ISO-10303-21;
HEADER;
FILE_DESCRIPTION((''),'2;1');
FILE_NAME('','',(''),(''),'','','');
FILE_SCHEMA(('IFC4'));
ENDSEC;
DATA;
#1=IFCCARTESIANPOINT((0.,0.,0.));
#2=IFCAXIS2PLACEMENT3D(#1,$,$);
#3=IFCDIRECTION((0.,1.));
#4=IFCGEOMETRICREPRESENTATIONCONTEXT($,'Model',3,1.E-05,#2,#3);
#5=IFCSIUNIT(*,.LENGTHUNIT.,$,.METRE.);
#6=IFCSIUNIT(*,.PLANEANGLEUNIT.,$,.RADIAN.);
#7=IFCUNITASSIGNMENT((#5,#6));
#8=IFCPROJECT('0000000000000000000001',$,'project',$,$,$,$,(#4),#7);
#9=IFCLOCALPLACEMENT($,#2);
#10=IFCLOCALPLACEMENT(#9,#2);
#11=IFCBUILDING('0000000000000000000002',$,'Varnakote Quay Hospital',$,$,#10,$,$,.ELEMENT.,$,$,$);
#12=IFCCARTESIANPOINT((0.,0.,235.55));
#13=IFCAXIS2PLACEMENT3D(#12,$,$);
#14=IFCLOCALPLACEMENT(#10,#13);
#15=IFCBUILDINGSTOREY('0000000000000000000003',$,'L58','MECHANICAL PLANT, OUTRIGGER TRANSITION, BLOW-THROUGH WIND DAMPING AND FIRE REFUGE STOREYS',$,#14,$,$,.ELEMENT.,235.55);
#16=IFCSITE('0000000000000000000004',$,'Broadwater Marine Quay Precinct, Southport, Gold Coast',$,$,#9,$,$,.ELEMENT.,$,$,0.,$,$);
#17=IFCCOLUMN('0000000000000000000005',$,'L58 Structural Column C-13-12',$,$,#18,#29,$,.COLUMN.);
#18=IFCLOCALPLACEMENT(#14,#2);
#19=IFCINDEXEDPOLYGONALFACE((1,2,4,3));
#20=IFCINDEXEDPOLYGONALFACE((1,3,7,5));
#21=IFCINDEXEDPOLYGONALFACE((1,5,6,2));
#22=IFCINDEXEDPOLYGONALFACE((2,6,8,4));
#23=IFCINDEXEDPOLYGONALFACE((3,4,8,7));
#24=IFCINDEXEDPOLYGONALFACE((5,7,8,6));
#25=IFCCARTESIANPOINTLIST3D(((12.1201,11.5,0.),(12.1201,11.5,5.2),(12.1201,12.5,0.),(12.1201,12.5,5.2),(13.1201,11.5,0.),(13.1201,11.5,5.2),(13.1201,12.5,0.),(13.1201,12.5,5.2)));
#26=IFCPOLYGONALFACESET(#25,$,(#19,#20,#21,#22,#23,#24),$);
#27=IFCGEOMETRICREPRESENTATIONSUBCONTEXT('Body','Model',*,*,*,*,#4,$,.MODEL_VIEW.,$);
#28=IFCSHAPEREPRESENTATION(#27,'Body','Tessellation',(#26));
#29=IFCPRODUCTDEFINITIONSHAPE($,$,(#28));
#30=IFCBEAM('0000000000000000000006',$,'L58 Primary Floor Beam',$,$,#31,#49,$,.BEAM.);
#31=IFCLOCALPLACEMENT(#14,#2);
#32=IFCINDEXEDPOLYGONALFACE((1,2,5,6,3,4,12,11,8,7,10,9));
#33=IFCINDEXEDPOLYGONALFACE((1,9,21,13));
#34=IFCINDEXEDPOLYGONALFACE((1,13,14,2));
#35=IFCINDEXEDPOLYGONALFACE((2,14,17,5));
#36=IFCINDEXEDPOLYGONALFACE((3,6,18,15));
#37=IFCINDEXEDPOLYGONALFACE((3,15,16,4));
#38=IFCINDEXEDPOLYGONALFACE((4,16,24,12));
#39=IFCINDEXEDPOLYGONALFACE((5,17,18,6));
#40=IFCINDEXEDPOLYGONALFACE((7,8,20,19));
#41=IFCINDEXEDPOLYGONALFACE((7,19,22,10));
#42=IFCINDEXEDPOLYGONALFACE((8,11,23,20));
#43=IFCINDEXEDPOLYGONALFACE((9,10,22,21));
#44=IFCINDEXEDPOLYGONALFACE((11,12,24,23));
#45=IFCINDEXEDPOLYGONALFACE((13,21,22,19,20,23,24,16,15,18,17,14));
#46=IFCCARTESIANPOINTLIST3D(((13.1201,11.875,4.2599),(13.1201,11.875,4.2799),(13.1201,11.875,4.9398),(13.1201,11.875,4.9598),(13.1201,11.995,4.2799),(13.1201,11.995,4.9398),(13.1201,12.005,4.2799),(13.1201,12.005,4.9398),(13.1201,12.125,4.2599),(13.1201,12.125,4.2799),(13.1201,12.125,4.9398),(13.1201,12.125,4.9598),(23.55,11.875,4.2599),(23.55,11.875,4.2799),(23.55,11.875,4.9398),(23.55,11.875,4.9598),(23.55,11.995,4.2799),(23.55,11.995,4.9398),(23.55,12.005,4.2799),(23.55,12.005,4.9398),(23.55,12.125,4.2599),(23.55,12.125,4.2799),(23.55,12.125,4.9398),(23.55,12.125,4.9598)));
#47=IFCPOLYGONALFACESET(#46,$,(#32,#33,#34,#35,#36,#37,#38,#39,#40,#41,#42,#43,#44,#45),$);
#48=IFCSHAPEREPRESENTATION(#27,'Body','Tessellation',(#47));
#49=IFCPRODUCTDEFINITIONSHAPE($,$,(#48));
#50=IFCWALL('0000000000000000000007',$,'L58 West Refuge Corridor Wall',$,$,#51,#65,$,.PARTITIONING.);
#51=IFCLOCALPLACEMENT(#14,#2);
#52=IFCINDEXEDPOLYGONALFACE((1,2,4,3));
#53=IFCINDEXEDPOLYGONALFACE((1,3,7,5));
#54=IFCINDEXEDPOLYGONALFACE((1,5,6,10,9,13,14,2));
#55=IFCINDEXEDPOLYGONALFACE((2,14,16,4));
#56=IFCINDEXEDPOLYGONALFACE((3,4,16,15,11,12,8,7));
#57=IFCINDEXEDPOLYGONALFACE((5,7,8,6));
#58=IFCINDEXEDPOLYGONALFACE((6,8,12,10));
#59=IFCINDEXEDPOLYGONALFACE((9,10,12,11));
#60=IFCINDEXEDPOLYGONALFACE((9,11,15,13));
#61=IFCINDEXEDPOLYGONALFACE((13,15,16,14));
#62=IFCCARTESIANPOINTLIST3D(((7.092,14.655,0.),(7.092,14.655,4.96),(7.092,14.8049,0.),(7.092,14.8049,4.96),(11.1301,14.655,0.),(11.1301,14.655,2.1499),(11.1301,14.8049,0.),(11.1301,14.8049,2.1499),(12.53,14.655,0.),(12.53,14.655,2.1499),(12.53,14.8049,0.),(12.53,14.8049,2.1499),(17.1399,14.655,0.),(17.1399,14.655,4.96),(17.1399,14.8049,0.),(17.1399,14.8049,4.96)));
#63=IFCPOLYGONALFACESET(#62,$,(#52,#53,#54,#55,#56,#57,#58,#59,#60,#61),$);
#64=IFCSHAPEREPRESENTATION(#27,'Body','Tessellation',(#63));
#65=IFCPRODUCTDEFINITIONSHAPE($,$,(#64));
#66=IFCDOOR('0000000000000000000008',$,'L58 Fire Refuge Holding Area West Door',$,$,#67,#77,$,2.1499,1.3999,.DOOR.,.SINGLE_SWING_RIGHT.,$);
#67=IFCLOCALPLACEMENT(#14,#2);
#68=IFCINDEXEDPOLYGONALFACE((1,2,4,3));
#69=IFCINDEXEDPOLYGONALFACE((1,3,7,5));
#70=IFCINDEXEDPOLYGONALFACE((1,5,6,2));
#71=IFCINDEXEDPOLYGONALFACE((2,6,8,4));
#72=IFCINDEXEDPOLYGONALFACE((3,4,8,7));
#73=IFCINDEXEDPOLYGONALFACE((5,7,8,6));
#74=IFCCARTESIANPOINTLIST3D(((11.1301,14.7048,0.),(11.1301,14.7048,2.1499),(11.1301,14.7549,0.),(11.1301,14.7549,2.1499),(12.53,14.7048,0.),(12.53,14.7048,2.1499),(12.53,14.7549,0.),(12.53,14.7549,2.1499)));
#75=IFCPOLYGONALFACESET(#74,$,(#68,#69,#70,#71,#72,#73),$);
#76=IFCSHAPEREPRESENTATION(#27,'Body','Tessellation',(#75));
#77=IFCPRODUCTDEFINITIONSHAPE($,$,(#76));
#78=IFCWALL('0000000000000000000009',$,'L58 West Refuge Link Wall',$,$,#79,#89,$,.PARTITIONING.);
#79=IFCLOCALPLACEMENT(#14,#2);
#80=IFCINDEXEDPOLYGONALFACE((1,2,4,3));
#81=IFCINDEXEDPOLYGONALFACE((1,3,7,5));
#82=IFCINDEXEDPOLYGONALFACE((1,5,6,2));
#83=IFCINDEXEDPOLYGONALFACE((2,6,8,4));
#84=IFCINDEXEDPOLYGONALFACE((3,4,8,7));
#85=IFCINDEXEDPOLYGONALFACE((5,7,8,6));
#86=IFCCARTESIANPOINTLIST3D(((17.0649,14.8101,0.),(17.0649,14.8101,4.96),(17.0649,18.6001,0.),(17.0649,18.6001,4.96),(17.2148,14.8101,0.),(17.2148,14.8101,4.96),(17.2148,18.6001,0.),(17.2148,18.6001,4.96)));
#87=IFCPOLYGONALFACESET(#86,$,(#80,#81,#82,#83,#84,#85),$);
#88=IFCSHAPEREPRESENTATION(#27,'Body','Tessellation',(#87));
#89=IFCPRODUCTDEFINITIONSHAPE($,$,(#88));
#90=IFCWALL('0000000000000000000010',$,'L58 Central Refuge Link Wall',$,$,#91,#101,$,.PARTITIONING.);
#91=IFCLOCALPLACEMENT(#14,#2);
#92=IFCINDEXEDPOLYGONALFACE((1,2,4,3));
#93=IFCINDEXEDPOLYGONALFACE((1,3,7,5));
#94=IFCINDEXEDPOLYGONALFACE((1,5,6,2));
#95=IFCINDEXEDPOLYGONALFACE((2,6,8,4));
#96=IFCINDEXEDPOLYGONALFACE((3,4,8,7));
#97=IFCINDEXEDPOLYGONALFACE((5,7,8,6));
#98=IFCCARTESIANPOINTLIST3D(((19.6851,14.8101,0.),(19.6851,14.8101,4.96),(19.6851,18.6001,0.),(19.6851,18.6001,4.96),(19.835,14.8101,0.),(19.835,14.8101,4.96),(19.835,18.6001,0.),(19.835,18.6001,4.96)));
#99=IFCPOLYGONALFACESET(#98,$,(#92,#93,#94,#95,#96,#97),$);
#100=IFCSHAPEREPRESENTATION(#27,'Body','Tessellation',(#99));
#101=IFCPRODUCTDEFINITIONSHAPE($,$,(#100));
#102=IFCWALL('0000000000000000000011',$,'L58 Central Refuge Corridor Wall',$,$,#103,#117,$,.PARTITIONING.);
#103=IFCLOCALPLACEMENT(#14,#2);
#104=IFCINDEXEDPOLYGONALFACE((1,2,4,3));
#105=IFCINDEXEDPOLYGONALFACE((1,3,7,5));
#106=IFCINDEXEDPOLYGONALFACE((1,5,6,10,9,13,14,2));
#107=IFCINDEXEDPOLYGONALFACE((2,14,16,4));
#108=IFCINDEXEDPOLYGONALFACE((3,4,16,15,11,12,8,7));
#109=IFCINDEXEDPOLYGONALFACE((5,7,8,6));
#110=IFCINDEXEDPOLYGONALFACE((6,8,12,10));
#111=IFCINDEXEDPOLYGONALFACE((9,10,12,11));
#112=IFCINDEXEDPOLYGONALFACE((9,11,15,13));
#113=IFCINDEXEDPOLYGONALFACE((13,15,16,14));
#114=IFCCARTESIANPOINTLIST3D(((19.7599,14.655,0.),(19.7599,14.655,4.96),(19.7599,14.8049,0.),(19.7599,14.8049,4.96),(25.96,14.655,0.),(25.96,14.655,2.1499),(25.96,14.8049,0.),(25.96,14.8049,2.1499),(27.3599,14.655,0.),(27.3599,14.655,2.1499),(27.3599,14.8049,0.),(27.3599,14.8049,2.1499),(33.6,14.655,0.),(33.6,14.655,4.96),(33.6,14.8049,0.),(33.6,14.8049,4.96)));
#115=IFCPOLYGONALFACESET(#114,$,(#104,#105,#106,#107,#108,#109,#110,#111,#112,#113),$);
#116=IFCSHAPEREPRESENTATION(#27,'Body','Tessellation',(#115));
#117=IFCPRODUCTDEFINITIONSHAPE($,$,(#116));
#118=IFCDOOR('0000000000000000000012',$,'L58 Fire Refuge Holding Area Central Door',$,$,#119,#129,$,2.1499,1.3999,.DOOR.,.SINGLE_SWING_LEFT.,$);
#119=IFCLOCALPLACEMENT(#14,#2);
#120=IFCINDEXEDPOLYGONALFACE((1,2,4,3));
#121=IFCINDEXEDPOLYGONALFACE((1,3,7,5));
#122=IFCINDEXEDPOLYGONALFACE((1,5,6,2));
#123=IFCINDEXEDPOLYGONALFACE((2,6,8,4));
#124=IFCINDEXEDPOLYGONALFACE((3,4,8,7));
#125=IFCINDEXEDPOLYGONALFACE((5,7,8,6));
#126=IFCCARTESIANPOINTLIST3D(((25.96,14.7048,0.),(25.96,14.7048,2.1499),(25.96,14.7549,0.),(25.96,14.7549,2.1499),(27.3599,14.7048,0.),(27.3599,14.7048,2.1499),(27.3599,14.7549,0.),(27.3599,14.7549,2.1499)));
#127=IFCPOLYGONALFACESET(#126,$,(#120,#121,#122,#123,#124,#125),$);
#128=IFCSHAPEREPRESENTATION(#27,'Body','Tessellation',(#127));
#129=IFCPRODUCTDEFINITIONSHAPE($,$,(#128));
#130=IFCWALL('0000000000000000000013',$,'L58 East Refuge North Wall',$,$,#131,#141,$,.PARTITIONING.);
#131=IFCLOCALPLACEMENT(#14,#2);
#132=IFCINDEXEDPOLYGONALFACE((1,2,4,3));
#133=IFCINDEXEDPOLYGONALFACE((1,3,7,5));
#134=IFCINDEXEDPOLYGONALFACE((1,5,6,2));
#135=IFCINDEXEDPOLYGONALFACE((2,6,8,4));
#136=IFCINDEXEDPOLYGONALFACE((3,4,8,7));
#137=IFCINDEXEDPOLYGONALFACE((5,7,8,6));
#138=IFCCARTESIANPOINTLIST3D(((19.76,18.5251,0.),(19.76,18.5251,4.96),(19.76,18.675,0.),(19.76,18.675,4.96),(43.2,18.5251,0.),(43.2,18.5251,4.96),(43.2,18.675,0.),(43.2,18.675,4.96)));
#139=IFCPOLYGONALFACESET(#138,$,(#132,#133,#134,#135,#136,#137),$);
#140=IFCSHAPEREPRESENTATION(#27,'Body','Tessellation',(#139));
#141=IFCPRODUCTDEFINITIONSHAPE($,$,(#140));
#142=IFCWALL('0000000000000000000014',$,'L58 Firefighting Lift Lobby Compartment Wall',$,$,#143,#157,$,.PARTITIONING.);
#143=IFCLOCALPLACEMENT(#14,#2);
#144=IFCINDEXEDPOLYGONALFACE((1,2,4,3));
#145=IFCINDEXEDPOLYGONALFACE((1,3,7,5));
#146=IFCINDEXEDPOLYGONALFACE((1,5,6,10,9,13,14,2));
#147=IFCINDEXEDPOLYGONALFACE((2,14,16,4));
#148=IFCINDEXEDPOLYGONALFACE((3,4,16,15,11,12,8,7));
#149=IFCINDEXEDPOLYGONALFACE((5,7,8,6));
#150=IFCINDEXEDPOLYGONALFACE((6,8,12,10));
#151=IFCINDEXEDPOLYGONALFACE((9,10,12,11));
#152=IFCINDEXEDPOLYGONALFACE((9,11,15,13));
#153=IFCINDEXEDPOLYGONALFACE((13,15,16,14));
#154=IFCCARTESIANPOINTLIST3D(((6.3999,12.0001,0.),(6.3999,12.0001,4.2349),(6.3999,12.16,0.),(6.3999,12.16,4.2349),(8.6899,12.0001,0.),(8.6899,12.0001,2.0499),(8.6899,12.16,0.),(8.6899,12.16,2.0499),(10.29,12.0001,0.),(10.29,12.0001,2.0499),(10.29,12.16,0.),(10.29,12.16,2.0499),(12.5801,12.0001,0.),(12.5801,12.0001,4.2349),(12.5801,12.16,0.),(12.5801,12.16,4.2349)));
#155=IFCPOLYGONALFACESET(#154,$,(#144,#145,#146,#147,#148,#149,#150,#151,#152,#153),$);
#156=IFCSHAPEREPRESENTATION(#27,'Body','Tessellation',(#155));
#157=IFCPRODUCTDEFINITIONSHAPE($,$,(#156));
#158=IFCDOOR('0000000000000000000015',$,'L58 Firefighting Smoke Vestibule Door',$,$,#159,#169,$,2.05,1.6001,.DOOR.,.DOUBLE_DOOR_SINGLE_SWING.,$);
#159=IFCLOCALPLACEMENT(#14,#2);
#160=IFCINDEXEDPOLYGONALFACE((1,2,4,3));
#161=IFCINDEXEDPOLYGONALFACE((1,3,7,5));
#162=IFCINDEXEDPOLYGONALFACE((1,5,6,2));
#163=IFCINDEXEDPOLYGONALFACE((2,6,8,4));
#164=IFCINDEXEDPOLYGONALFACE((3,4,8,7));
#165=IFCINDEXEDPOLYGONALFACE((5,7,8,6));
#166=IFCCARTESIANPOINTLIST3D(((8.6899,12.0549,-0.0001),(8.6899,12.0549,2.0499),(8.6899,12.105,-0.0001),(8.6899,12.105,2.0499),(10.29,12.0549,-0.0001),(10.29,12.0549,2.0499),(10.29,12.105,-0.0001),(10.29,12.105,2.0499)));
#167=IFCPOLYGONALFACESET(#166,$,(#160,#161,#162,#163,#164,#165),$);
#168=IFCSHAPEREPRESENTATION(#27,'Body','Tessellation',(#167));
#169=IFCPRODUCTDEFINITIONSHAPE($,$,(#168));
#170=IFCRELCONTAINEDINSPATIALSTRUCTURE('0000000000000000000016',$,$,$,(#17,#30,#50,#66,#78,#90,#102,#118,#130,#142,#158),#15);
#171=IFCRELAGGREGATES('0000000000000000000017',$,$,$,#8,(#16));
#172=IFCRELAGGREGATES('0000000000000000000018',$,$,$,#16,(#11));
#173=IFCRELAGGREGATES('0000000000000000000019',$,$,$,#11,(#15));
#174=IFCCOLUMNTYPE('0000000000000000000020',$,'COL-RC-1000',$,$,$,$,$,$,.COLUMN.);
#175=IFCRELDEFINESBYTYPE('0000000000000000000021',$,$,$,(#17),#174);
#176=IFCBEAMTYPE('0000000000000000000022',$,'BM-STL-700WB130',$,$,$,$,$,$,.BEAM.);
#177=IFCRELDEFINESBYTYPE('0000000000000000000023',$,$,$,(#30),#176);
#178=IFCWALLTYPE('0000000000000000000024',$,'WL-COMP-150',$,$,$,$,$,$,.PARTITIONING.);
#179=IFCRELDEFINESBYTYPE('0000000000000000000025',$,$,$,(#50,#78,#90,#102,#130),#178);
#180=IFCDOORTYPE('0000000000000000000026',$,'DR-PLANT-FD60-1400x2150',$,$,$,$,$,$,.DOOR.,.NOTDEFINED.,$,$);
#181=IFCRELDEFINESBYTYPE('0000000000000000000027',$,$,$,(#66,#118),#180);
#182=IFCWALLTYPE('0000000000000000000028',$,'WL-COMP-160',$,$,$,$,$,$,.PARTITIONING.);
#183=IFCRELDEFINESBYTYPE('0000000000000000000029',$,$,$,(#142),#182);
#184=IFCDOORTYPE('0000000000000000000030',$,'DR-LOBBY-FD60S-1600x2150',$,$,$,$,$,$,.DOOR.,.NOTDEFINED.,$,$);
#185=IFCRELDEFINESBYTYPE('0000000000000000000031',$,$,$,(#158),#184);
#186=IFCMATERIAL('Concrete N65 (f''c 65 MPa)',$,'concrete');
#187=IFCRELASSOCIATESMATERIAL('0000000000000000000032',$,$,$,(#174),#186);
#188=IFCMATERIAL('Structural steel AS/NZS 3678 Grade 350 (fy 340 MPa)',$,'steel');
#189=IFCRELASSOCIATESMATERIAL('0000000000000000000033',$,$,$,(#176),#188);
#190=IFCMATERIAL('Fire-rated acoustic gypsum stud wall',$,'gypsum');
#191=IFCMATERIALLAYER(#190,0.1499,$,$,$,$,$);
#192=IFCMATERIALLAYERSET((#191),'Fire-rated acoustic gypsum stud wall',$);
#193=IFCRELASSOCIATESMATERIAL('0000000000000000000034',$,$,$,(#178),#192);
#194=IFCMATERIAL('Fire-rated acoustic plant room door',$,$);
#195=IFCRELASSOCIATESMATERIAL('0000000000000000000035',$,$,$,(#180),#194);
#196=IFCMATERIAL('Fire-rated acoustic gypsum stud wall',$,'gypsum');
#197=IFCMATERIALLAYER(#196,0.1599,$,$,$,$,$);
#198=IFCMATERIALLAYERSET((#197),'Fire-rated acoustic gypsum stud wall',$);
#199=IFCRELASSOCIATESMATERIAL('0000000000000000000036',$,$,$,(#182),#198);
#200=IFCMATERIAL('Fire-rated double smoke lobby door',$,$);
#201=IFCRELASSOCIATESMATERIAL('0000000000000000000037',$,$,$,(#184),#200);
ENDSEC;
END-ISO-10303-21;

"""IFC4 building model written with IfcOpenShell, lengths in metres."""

from ifc_helpers import new_model, si_unit, direction, frame, frame_2d, origin, origin_2d, place, context, subcontext, project, spatial, rectangle, i_section, extrude, material, layer, layer_set, material_profile, profile_set, type_object, element, fill, save


model = new_model("IFC4")

# Units and contexts
model_context = context("Model", 3, precision=1e-05, world=origin(), true_north=direction((0.0, 1.0)))
body_context = subcontext(model_context, "Body", "Model", "MODEL_VIEW")
ifc_project = project(units=[si_unit("LENGTHUNIT", "METRE"), si_unit("PLANEANGLEUNIT", "RADIAN")], contexts=[model_context])

# Site, building, storey
site_placement = place(None, origin())
site = spatial("IfcSite", under=ifc_project, at=site_placement, Name="Broadwater Marine Quay Precinct, Southport, Gold Coast", CompositionType="ELEMENT", RefElevation=0.0)
building_placement = place(site_placement, origin())
building = spatial("IfcBuilding", under=site, at=building_placement, Name="Varnakote Quay Hospital", CompositionType="ELEMENT")
storey_placement = place(building_placement, frame((0.0, 0.0, 235.55)))
storey = spatial("IfcBuildingStorey", under=building, at=storey_placement, Name="L58", Description="MECHANICAL PLANT, OUTRIGGER TRANSITION, BLOW-THROUGH WIND DAMPING AND FIRE REFUGE STOREYS", CompositionType="ELEMENT", Elevation=235.55)

# Column
ifc_material_1 = material(Name="Concrete N65 (f'c 65 MPa)", Category="concrete")
ifc_material_profile_1 = material_profile(ifc_material_1, rectangle(XDim=1.0, YDim=1.0, at=origin_2d()), Name="RC-COL-1000x1000")
ifc_profile_set_1 = profile_set([ifc_material_profile_1], Name="Concrete N65 (f'c 65 MPa)")
column_type = type_object("IfcColumnType", Name="COL-RC-1000", PredefinedType="COLUMN", material=ifc_profile_set_1)
column_placement = place(storey_placement, frame((12.6201, 12.0, 0.0), z_axis=(0.0, 0.0, 1.0), x_axis=(1.0, 0.0, 0.0)))
element("IfcColumn", 1, at=column_placement, inside=storey, type_object=column_type, Name="L58 Structural Column C-13-12", PredefinedType="COLUMN", context=body_context, shape_type="SweptSolid", body=[
    extrude(rectangle(XDim=1.0, YDim=1.0, at=origin_2d()), origin(), (0.0, 0.0, 1.0), 5.2),
])

# Beam
ifc_material_2 = material(Name="Structural steel AS/NZS 3678 Grade 350 (fy 340 MPa)", Category="steel")
ifc_material_profile_2 = material_profile(ifc_material_2, i_section(OverallWidth=0.25, OverallDepth=0.7, WebThickness=0.01, FlangeThickness=0.02, at=origin_2d()), Name="700WB130")
ifc_profile_set_2 = profile_set([ifc_material_profile_2], Name="Structural steel AS/NZS 3678 Grade 350 (fy 340 MPa)")
beam_type = type_object("IfcBeamType", Name="BM-STL-700WB130", PredefinedType="BEAM", material=ifc_profile_set_2)
beam_placement = place(storey_placement, frame((13.1201, 12.0, 4.6099), z_axis=(1.0, 0.0, 0.0), x_axis=(0.0, 1.0, 0.0)))
element("IfcBeam", 2, at=beam_placement, inside=storey, type_object=beam_type, Name="L58 Primary Floor Beam", PredefinedType="BEAM", context=body_context, shape_type="SweptSolid", body=[
    extrude(i_section(OverallWidth=0.25, OverallDepth=0.7, WebThickness=0.01, FlangeThickness=0.02, at=origin_2d()), origin(), (0.0, 0.0, 1.0), 10.4299),
])

# Wall, opening, door
ifc_material_3 = material(Name="Fire-rated acoustic gypsum stud wall", Category="gypsum")
ifc_layer_1 = layer(ifc_material_3, 0.1499)
ifc_layer_set_1 = layer_set([ifc_layer_1], Name="Fire-rated acoustic gypsum stud wall")
wall_type_1 = type_object("IfcWallType", Name="WL-COMP-150", PredefinedType="PARTITIONING", material=ifc_layer_set_1)
wall_1_placement = place(storey_placement, frame((7.092, 14.73, 0.0), z_axis=(0.0, 0.0, 1.0), x_axis=(1.0, 0.0, 0.0)))
wall_1 = element("IfcWall", 3, at=wall_1_placement, inside=storey, type_object=wall_type_1, Name="L58 West Refuge Corridor Wall", PredefinedType="PARTITIONING", context=body_context, shape_type="SweptSolid", body=[
    extrude(rectangle(XDim=10.0479, YDim=0.1499, at=frame_2d((5.0239, 0.0))), origin(), (0.0, 0.0, 1.0), 4.96),
])
opening_1_placement = place(wall_1_placement, frame((4.0381, 0.0, 0.0)))
opening_1 = element("IfcOpeningElement", 4, at=opening_1_placement, cuts=wall_1, PredefinedType="OPENING", context=body_context, shape_type="SweptSolid", body=[
    extrude(rectangle(XDim=1.3999, YDim=2.1499, at=frame_2d((0.7, 1.075))), frame((0.0, 0.085, 0.0), z_axis=(0.0, -1.0, 0.0), x_axis=(1.0, 0.0, 0.0)), (0.0, 0.0, 1.0), 0.1699),
])
ifc_material_4 = material(Name="Fire-rated acoustic plant room door")
door_type_1 = type_object("IfcDoorType", Name="DR-PLANT-FD60-1400x2150", OperationType="NOTDEFINED", PredefinedType="DOOR", material=ifc_material_4)
door_1_placement = place(opening_1_placement, origin())
door_1 = element("IfcDoor", 5, at=door_1_placement, inside=storey, type_object=door_type_1, Name="L58 Fire Refuge Holding Area West Door", OperationType="SINGLE_SWING_RIGHT", OverallHeight=2.1499, OverallWidth=1.3999, PredefinedType="DOOR", context=body_context, shape_type="SweptSolid", body=[
    extrude(rectangle(XDim=1.3999, YDim=2.1499, at=frame_2d((0.7, 1.075))), frame((0.0, 0.0249, 0.0), z_axis=(0.0, -1.0, 0.0), x_axis=(1.0, 0.0, 0.0)), (0.0, 0.0, 1.0), 0.05),
])
fill(opening_1, door_1)

# Walls
for number, where, z_axis, x_axis, name in (
    (6, (17.1399, 14.8101, 0.0), (0.0, 0.0, 1.0), (0.0, 1.0, 0.0), "L58 West Refuge Link Wall"),
    (7, (19.76, 14.8101, 0.0), (0.0, 0.0, 1.0), (0.0, 1.0, 0.0), "L58 Central Refuge Link Wall"),
):
    element("IfcWall", number, at=place(storey_placement, frame(where, z_axis=z_axis, x_axis=x_axis)), inside=storey, type_object=wall_type_1, Name=name, PredefinedType="PARTITIONING", context=body_context, shape_type="SweptSolid", body=[
        extrude(rectangle(XDim=3.79, YDim=0.1499, at=frame_2d((1.895, 0.0))), origin(), (0.0, 0.0, 1.0), 4.96),
    ])

# Wall, opening, door
wall_2_placement = place(storey_placement, frame((19.76, 14.73, 0.0), z_axis=(0.0, 0.0, 1.0), x_axis=(1.0, 0.0, 0.0)))
wall_2 = element("IfcWall", 8, at=wall_2_placement, inside=storey, type_object=wall_type_1, Name="L58 Central Refuge Corridor Wall", PredefinedType="PARTITIONING", context=body_context, shape_type="SweptSolid", body=[
    extrude(rectangle(XDim=13.8401, YDim=0.1499, at=frame_2d((6.9199, 0.0))), origin(), (0.0, 0.0, 1.0), 4.96),
])
opening_2_placement = place(wall_2_placement, frame((6.2, 0.0, 0.0)))
opening_2 = element("IfcOpeningElement", 9, at=opening_2_placement, cuts=wall_2, PredefinedType="OPENING", context=body_context, shape_type="SweptSolid", body=[
    extrude(rectangle(XDim=1.3999, YDim=2.1499, at=frame_2d((0.7, 1.075))), frame((0.0, 0.085, 0.0), z_axis=(0.0, -1.0, 0.0), x_axis=(1.0, 0.0, 0.0)), (0.0, 0.0, 1.0), 0.1699),
])
door_2_placement = place(opening_2_placement, origin())
door_2 = element("IfcDoor", 10, at=door_2_placement, inside=storey, type_object=door_type_1, Name="L58 Fire Refuge Holding Area Central Door", OperationType="SINGLE_SWING_LEFT", OverallHeight=2.1499, OverallWidth=1.3999, PredefinedType="DOOR", context=body_context, shape_type="SweptSolid", body=[
    extrude(rectangle(XDim=1.3999, YDim=2.1499, at=frame_2d((0.7, 1.075))), frame((0.0, 0.0249, 0.0), z_axis=(0.0, -1.0, 0.0), x_axis=(1.0, 0.0, 0.0)), (0.0, 0.0, 1.0), 0.05),
])
fill(opening_2, door_2)

# Wall
wall_3_placement = place(storey_placement, frame((19.76, 18.6001, 0.0), z_axis=(0.0, 0.0, 1.0), x_axis=(1.0, 0.0, 0.0)))
element("IfcWall", 11, at=wall_3_placement, inside=storey, type_object=wall_type_1, Name="L58 East Refuge North Wall", PredefinedType="PARTITIONING", context=body_context, shape_type="SweptSolid", body=[
    extrude(rectangle(XDim=23.4399, YDim=0.1499, at=frame_2d((11.72, 0.0))), origin(), (0.0, 0.0, 1.0), 4.96),
])

# Wall, opening, door
ifc_material_5 = material(Name="Fire-rated acoustic gypsum stud wall", Category="gypsum")
ifc_layer_2 = layer(ifc_material_5, 0.1599)
ifc_layer_set_2 = layer_set([ifc_layer_2], Name="Fire-rated acoustic gypsum stud wall")
wall_type_2 = type_object("IfcWallType", Name="WL-COMP-160", PredefinedType="PARTITIONING", material=ifc_layer_set_2)
wall_4_placement = place(storey_placement, frame((6.3999, 12.0801, 0.0), z_axis=(0.0, 0.0, 1.0), x_axis=(1.0, 0.0, 0.0)))
wall_4 = element("IfcWall", 12, at=wall_4_placement, inside=storey, type_object=wall_type_2, Name="L58 Firefighting Lift Lobby Compartment Wall", PredefinedType="PARTITIONING", context=body_context, shape_type="SweptSolid", body=[
    extrude(rectangle(XDim=6.1802, YDim=0.1599, at=frame_2d((3.0901, 0.0))), origin(), (0.0, 0.0, 1.0), 4.2349),
])
opening_3_placement = place(wall_4_placement, frame((2.29, 0.0, 0.0)))
opening_3 = element("IfcOpeningElement", 13, at=opening_3_placement, cuts=wall_4, PredefinedType="OPENING", context=body_context, shape_type="SweptSolid", body=[
    extrude(rectangle(XDim=1.6001, YDim=2.05, at=frame_2d((0.8, 1.0249))), frame((0.0, 0.0898, 0.0), z_axis=(0.0, -1.0, 0.0), x_axis=(1.0, 0.0, 0.0)), (0.0, 0.0, 1.0), 0.1799),
])
ifc_material_6 = material(Name="Fire-rated double smoke lobby door")
door_type_2 = type_object("IfcDoorType", Name="DR-LOBBY-FD60S-1600x2150", OperationType="NOTDEFINED", PredefinedType="DOOR", material=ifc_material_6)
door_3_placement = place(opening_3_placement, origin())
door_3 = element("IfcDoor", 14, at=door_3_placement, inside=storey, type_object=door_type_2, Name="L58 Firefighting Smoke Vestibule Door", OperationType="DOUBLE_DOOR_SINGLE_SWING", OverallHeight=2.05, OverallWidth=1.6001, PredefinedType="DOOR", context=body_context, shape_type="SweptSolid", body=[
    extrude(rectangle(XDim=1.6001, YDim=2.05, at=frame_2d((0.8, 1.0249))), frame((0.0, 0.0249, 0.0), z_axis=(0.0, -1.0, 0.0), x_axis=(1.0, 0.0, 0.0)), (0.0, 0.0, 1.0), 0.05),
])
fill(opening_3, door_3)

save(model, "model.ifc")
